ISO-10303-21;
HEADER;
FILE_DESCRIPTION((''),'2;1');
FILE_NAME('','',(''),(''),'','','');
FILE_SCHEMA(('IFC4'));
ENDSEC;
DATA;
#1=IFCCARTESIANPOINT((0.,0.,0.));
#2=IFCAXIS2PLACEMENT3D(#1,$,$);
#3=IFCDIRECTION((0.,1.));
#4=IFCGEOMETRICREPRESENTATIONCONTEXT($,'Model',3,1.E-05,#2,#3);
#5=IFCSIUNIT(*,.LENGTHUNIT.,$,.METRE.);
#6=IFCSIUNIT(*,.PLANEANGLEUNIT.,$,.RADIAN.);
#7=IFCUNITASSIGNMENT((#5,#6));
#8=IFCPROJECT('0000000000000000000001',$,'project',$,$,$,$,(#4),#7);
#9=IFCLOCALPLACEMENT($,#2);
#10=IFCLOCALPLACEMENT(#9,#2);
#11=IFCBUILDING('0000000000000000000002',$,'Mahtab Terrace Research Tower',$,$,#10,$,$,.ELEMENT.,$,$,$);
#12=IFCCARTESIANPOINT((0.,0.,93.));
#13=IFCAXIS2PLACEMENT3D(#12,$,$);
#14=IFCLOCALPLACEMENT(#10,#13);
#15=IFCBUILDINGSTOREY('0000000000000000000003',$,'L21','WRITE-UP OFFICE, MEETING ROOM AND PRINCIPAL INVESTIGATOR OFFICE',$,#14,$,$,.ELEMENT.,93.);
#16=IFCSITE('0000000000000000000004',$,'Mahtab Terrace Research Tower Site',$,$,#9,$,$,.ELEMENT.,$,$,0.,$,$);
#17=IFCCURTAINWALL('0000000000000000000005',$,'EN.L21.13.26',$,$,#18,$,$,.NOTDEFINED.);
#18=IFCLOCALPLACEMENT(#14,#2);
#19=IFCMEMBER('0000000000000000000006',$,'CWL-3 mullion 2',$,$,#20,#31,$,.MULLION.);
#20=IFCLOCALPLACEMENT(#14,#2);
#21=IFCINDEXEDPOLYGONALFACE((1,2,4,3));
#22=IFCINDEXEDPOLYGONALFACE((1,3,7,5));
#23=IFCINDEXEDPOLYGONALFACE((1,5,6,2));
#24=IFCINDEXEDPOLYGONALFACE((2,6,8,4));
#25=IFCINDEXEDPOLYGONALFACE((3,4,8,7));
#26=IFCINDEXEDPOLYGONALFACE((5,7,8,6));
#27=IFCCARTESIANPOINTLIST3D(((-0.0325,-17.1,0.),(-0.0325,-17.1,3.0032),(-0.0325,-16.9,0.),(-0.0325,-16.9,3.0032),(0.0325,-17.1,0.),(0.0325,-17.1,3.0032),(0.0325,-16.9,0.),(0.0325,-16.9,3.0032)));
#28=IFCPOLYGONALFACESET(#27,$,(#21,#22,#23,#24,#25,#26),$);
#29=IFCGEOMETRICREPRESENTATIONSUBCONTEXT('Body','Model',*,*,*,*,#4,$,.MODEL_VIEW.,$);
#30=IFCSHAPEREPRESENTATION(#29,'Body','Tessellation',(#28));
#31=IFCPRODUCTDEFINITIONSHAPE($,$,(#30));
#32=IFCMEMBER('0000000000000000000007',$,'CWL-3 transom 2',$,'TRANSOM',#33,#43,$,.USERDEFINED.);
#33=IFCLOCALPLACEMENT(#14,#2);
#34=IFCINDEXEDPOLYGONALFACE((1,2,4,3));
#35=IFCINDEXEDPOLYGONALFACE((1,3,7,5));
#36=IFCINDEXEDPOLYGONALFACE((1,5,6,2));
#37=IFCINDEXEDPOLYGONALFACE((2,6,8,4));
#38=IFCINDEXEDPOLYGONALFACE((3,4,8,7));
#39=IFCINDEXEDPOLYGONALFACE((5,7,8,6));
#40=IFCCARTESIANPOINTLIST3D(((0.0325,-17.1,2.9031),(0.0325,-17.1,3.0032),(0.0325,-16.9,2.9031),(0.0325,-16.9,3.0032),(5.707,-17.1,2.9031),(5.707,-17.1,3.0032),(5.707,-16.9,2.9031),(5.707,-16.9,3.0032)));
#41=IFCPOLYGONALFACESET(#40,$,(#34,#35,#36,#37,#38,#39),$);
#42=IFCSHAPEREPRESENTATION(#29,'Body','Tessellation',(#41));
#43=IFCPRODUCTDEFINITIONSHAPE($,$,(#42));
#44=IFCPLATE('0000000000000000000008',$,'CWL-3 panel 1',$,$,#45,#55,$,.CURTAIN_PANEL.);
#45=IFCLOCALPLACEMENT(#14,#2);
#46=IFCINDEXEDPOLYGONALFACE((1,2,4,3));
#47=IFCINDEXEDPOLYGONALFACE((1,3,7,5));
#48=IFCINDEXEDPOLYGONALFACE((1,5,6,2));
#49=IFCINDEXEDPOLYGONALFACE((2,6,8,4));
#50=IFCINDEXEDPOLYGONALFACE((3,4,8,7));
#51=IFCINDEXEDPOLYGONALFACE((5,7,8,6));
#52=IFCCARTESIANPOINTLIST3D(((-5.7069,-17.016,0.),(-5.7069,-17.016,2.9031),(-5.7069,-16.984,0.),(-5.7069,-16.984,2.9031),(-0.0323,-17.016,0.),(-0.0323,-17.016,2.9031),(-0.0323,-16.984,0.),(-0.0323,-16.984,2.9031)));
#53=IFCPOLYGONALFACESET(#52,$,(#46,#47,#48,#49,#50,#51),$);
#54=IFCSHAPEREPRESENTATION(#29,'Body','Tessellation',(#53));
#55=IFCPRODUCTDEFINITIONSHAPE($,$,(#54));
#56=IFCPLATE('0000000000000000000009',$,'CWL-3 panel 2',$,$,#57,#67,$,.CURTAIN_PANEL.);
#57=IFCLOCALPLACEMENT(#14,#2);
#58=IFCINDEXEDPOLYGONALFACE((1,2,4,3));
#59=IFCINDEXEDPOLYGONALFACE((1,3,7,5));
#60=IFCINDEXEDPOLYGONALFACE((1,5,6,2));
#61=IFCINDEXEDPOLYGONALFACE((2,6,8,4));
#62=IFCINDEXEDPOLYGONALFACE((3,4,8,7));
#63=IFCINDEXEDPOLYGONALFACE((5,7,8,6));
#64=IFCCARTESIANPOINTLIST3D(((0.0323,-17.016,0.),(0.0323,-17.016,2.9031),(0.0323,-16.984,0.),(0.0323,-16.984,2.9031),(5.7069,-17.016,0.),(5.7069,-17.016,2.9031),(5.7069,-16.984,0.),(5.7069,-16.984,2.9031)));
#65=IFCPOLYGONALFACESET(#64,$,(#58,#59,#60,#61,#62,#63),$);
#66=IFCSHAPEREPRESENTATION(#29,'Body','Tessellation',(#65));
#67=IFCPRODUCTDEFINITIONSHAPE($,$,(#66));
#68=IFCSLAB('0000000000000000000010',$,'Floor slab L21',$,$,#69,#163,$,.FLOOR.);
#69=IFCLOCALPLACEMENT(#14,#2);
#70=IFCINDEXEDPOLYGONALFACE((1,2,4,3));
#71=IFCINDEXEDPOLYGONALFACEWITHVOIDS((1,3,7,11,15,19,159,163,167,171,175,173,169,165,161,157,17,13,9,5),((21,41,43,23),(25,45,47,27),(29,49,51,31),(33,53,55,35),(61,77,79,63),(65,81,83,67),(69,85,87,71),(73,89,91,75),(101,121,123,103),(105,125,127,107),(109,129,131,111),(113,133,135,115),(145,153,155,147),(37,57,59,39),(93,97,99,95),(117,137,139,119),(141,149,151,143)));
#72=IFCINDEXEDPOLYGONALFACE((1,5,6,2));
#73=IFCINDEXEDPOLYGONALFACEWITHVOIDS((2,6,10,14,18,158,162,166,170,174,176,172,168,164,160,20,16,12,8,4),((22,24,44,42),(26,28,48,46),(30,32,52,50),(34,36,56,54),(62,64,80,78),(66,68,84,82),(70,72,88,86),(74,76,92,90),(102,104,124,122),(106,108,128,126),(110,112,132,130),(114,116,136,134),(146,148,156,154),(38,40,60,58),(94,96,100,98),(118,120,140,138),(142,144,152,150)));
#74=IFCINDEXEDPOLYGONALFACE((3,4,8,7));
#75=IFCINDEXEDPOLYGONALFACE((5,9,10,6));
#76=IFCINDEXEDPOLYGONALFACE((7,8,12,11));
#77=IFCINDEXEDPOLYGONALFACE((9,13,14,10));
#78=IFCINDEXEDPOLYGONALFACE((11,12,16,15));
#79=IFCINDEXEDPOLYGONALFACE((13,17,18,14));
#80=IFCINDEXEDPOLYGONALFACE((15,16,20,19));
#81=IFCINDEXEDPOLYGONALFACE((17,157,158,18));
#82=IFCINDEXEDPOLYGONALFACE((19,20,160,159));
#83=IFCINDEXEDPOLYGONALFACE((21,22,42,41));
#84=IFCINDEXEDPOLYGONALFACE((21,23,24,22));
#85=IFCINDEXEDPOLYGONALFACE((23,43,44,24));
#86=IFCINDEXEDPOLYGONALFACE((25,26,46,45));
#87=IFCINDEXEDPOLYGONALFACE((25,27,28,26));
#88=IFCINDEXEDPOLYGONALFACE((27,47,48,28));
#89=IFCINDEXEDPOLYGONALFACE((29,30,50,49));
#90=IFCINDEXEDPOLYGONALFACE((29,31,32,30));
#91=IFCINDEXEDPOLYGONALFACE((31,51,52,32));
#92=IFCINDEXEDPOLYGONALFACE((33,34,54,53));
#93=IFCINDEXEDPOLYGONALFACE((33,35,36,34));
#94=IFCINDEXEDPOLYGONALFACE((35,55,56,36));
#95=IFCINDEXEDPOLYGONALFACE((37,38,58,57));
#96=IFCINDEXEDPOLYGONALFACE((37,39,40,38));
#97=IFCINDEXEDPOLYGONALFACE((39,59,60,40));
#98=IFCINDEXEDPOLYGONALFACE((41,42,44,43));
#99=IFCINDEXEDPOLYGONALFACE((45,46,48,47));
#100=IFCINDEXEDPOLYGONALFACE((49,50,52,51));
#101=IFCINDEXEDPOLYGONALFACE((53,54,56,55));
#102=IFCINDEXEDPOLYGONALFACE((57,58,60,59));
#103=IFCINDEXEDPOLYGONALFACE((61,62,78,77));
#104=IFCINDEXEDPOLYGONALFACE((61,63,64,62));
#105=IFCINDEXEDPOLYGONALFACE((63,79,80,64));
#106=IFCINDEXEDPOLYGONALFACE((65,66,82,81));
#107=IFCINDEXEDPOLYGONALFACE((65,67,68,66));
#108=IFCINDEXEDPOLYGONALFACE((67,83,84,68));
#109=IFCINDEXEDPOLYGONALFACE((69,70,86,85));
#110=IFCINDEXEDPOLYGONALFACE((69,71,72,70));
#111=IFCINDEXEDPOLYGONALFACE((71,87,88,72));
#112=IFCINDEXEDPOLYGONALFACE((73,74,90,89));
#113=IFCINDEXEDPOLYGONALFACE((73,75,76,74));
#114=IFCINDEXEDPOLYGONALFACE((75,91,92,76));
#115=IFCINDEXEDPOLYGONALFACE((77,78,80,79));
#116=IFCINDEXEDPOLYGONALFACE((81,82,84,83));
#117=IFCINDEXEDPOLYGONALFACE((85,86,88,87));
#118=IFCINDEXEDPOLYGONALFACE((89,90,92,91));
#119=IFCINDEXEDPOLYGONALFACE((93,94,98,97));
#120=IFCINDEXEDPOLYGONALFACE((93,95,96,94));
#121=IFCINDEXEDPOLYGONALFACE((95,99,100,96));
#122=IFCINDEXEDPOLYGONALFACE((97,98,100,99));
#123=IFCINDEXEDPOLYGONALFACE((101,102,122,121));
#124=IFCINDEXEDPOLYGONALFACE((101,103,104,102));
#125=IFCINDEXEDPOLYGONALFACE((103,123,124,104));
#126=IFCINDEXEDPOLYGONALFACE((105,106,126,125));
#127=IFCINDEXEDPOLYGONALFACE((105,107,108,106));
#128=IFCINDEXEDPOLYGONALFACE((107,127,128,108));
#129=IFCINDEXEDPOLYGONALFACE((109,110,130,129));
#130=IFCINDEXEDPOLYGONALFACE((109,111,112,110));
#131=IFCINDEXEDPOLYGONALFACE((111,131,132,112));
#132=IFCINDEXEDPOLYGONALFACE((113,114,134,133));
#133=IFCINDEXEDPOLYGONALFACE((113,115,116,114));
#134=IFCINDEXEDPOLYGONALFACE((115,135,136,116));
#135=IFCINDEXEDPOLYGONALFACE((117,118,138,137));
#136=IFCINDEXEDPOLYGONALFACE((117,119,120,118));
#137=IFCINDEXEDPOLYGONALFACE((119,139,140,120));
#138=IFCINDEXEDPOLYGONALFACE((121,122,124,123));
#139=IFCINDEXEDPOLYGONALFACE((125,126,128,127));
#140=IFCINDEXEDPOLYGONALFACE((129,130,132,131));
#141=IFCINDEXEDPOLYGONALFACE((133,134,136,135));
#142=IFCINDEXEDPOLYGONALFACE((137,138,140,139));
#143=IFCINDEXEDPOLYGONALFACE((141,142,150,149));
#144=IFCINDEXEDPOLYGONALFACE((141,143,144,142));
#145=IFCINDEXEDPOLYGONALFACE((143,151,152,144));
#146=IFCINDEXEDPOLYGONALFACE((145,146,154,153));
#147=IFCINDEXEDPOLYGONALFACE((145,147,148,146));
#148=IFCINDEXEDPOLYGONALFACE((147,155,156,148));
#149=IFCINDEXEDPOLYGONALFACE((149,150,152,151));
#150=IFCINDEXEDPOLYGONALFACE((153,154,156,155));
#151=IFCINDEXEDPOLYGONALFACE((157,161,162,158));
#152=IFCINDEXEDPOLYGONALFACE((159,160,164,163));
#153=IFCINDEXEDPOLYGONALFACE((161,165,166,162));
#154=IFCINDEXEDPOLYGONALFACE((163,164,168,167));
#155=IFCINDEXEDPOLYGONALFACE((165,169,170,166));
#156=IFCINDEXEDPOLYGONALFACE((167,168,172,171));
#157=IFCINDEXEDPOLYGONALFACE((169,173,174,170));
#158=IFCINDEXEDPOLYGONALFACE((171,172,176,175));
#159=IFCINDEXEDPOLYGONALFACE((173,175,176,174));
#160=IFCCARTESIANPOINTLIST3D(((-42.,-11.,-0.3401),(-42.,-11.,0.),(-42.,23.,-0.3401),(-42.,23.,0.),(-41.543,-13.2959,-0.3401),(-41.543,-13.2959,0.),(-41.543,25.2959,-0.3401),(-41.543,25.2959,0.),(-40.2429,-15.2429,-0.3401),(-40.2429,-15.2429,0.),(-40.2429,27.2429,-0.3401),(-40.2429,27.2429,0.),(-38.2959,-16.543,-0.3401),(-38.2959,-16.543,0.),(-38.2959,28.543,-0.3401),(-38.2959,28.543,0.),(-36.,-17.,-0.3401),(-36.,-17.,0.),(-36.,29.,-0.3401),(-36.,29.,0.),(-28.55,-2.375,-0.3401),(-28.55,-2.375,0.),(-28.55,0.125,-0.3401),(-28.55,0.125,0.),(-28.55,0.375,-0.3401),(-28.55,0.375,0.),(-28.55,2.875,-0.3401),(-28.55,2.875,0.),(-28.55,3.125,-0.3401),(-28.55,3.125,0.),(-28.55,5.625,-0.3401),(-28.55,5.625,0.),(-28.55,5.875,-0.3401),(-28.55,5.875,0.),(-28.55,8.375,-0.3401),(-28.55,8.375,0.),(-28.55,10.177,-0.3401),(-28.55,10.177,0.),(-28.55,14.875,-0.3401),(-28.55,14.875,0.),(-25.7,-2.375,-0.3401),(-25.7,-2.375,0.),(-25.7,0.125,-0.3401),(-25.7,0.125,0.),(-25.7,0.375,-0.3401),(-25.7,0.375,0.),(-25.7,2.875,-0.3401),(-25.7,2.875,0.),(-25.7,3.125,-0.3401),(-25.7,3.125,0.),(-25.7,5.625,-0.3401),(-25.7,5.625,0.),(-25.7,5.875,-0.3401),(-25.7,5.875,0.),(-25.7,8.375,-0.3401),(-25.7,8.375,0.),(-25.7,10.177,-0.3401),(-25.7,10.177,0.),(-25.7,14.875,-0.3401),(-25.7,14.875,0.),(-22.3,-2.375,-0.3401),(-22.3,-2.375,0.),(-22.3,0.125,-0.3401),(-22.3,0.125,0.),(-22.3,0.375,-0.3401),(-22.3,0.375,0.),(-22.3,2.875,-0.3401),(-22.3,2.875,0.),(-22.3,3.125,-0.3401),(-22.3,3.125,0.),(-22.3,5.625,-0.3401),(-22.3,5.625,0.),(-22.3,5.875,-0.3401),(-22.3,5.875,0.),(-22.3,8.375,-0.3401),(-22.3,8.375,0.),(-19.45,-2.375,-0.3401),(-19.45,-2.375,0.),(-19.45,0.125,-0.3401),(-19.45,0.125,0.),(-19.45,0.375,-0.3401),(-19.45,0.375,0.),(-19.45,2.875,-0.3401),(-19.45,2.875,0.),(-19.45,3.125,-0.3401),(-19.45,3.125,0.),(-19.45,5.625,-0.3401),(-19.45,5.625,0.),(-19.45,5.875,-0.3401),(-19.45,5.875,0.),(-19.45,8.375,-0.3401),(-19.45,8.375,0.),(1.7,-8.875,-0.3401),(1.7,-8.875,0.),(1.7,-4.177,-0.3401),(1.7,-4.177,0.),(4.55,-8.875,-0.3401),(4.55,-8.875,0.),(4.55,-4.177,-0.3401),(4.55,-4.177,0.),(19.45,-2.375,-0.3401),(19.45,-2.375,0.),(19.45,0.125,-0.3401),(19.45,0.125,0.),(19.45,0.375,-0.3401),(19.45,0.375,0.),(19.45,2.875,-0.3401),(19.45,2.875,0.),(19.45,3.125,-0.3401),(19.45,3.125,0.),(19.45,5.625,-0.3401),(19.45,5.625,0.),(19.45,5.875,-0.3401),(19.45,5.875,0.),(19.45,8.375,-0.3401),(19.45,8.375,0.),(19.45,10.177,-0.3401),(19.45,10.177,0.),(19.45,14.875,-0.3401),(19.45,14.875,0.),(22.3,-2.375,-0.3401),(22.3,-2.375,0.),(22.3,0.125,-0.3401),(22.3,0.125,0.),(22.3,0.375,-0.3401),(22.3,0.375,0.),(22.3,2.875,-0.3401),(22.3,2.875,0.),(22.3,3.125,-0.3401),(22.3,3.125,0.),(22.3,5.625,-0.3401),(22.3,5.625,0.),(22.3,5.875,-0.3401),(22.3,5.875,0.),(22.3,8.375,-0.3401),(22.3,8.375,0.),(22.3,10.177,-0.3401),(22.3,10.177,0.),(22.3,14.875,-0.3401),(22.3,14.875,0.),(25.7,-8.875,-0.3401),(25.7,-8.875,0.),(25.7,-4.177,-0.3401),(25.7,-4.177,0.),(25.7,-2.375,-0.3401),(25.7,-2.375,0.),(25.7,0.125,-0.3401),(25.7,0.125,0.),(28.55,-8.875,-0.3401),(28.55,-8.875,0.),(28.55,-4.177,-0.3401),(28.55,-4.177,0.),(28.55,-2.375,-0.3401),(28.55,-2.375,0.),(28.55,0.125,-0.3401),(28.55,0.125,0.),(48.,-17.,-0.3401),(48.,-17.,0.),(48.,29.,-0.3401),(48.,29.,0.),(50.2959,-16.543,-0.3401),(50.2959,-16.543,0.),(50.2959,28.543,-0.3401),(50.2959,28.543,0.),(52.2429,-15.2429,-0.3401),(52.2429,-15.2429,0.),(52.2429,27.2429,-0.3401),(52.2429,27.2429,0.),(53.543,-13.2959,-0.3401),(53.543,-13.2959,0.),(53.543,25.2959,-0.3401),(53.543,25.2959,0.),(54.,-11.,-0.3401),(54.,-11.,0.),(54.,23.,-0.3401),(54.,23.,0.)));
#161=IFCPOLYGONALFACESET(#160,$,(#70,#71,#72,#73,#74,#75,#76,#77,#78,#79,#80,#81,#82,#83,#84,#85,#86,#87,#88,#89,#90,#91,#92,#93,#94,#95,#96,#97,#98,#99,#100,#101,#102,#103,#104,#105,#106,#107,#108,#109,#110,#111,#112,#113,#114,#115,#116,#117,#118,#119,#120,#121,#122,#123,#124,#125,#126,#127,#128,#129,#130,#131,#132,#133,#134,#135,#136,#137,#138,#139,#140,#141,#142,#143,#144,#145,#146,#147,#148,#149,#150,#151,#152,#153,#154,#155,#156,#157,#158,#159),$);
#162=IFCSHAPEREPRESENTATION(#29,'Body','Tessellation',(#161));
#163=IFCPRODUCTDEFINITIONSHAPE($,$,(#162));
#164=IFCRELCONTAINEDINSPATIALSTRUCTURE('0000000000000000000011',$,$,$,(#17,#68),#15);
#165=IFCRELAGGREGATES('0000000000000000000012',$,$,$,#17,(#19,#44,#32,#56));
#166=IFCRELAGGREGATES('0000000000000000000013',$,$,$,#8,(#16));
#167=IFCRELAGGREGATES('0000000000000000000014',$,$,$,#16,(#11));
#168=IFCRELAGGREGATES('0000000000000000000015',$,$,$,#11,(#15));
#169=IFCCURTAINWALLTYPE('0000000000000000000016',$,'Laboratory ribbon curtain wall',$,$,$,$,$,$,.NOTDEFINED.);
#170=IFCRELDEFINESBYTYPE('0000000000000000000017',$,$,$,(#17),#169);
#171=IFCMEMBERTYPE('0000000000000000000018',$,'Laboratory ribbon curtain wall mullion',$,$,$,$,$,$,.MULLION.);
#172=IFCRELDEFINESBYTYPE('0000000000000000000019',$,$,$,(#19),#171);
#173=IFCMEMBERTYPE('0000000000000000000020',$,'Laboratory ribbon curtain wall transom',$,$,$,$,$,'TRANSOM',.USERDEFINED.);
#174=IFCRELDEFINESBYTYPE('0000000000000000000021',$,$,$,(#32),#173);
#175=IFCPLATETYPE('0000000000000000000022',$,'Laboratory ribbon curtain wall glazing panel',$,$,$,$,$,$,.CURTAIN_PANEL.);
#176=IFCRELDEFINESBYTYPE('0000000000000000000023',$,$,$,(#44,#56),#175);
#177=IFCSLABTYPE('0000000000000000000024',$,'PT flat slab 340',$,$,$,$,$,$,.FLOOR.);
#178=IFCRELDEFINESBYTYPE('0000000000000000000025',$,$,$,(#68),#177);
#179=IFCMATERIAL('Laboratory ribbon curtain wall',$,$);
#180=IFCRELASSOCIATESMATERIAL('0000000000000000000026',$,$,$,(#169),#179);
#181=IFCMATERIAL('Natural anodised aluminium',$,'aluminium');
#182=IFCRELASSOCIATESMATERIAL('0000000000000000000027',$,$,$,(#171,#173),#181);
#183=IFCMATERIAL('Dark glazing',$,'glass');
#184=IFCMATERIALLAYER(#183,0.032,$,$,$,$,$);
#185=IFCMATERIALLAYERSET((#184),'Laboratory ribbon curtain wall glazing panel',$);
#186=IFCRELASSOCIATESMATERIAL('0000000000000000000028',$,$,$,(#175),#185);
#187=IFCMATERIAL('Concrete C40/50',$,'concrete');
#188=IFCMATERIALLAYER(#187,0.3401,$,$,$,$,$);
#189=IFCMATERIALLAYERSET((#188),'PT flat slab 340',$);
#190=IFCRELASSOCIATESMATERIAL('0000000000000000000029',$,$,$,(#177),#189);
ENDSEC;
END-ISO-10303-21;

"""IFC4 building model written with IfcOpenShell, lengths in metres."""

from ifc_helpers import new_model, si_unit, direction, frame, origin, origin_2d, place, context, subcontext, project, spatial, polyline, rectangle, outline, extrude, material, layer, layer_set, material_profile, profile_set, type_object, element, aggregate, save


model = new_model("IFC4")

# Units and contexts
model_context = context("Model", 3, precision=1e-05, world=origin(), true_north=direction((0.0, 1.0)))
body_context = subcontext(model_context, "Body", "Model", "MODEL_VIEW")
ifc_project = project(units=[si_unit("LENGTHUNIT", "METRE"), si_unit("PLANEANGLEUNIT", "RADIAN")], contexts=[model_context])

# Site, building, storey
site_placement = place(None, origin())
site = spatial("IfcSite", under=ifc_project, at=site_placement, Name="Mahtab Terrace Research Tower Site", CompositionType="ELEMENT", RefElevation=0.0)
building_placement = place(site_placement, origin())
building = spatial("IfcBuilding", under=site, at=building_placement, Name="Mahtab Terrace Research Tower", CompositionType="ELEMENT")
storey_placement = place(building_placement, frame((0.0, 0.0, 93.0)))
storey = spatial("IfcBuildingStorey", under=building, at=storey_placement, Name="L21", Description="WRITE-UP OFFICE, MEETING ROOM AND PRINCIPAL INVESTIGATOR OFFICE", CompositionType="ELEMENT", Elevation=93.0)

# Curtain wall, members, plates
ifc_material_1 = material(Name="Laboratory ribbon curtain wall")
curtain_wall_type = type_object("IfcCurtainWallType", Name="Laboratory ribbon curtain wall", PredefinedType="NOTDEFINED", material=ifc_material_1)
curtain_wall_placement = place(storey_placement, origin())
curtain_wall = element("IfcCurtainWall", 1, at=curtain_wall_placement, inside=storey, type_object=curtain_wall_type, Name="EN.L21.13.26", PredefinedType="NOTDEFINED")
ifc_material_2 = material(Name="Natural anodised aluminium", Category="aluminium")
ifc_material_profile_1 = material_profile(ifc_material_2, rectangle(XDim=0.2, YDim=0.0649, at=origin_2d()), Name="MULLION 65x200")
ifc_profile_set_1 = profile_set([ifc_material_profile_1], Name="Natural anodised aluminium")
member_type_1 = type_object("IfcMemberType", Name="Laboratory ribbon curtain wall mullion", PredefinedType="MULLION", material=ifc_profile_set_1)
member_1_placement = place(storey_placement, frame((0.0, -17.0, 0.0), z_axis=(0.0, 0.0, 1.0), x_axis=(0.0, 1.0, 0.0)))
member_1 = element("IfcMember", 2, at=member_1_placement, type_object=member_type_1, Name="CWL-3 mullion 2", PredefinedType="MULLION", context=body_context, shape_type="SweptSolid", body=[
    extrude(rectangle(XDim=0.2, YDim=0.0649, at=origin_2d()), origin(), (0.0, 0.0, 1.0), 3.0032),
])
ifc_material_profile_2 = material_profile(ifc_material_2, rectangle(XDim=0.2, YDim=0.1001, at=origin_2d()), Name="TRANSOM 100x200")
ifc_profile_set_2 = profile_set([ifc_material_profile_2], Name="Natural anodised aluminium")
member_type_2 = type_object("IfcMemberType", Name="Laboratory ribbon curtain wall transom", ElementType="TRANSOM", PredefinedType="USERDEFINED", material=ifc_profile_set_2)
member_2_placement = place(storey_placement, frame((0.0325, -17.0, 2.9531), z_axis=(1.0, 0.0, 0.0), x_axis=(0.0, 1.0, 0.0)))
member_2 = element("IfcMember", 3, at=member_2_placement, type_object=member_type_2, Name="CWL-3 transom 2", ObjectType="TRANSOM", PredefinedType="USERDEFINED", context=body_context, shape_type="SweptSolid", body=[
    extrude(rectangle(XDim=0.2, YDim=0.1001, at=origin_2d()), origin(), (0.0, 0.0, 1.0), 5.6746),
])
ifc_material_3 = material(Name="Dark glazing", Category="glass")
ifc_layer_1 = layer(ifc_material_3, 0.032)
ifc_layer_set_1 = layer_set([ifc_layer_1], Name="Laboratory ribbon curtain wall glazing panel")
plate_type = type_object("IfcPlateType", Name="Laboratory ribbon curtain wall glazing panel", PredefinedType="CURTAIN_PANEL", material=ifc_layer_set_1)
plate_1_placement = place(storey_placement, frame((-2.8696, -17.0, 0.0), z_axis=(0.0, 0.0, 1.0), x_axis=(1.0, 0.0, 0.0)))
plate_1 = element("IfcPlate", 4, at=plate_1_placement, type_object=plate_type, Name="CWL-3 panel 1", PredefinedType="CURTAIN_PANEL", context=body_context, shape_type="SweptSolid", body=[
    extrude(rectangle(XDim=5.6746, YDim=0.032, at=origin_2d()), origin(), (0.0, 0.0, 1.0), 2.9031),
])
plate_2_placement = place(storey_placement, frame((2.8696, -17.0, 0.0), z_axis=(0.0, 0.0, 1.0), x_axis=(1.0, 0.0, 0.0)))
plate_2 = element("IfcPlate", 5, at=plate_2_placement, type_object=plate_type, Name="CWL-3 panel 2", PredefinedType="CURTAIN_PANEL", context=body_context, shape_type="SweptSolid", body=[
    extrude(rectangle(XDim=5.6746, YDim=0.032, at=origin_2d()), origin(), (0.0, 0.0, 1.0), 2.9031),
])
aggregate(curtain_wall, [member_1, plate_1, member_2, plate_2])

# Slab
ifc_material_4 = material(Name="Concrete C40/50", Category="concrete")
ifc_layer_2 = layer(ifc_material_4, 0.3401)
ifc_layer_set_2 = layer_set([ifc_layer_2], Name="PT flat slab 340")
slab_type = type_object("IfcSlabType", Name="PT flat slab 340", PredefinedType="FLOOR", material=ifc_layer_set_2)
slab_placement = place(storey_placement, frame((0.0, 0.0, -0.3401)))
element("IfcSlab", 6, at=slab_placement, inside=storey, type_object=slab_type, Name="Floor slab L21", PredefinedType="FLOOR", context=body_context, shape_type="SweptSolid", body=[
    extrude(outline(polyline([(53.543, 25.2959), (52.2429, 27.2429), (50.2959, 28.543), (48.0, 29.0), (-36.0, 29.0), (-38.2959, 28.543), (-40.2429, 27.2429), (-41.543, 25.2959), (-42.0, 23.0), (-42.0, -11.0), (-41.543, -13.2959), (-40.2429, -15.2429), (-38.2959, -16.543), (-36.0, -17.0), (48.0, -17.0), (50.2959, -16.543), (52.2429, -15.2429), (53.543, -13.2959), (54.0, -11.0), (54.0, 23.0), (53.543, 25.2959)]), holes=[polyline([(-28.55, -2.375), (-28.55, 0.125), (-25.7, 0.125), (-25.7, -2.375), (-28.55, -2.375)]), polyline([(-22.3, -2.375), (-22.3, 0.125), (-19.45, 0.125), (-19.45, -2.375), (-22.3, -2.375)]), polyline([(-28.55, 0.375), (-28.55, 2.875), (-25.7, 2.875), (-25.7, 0.375), (-28.55, 0.375)]), polyline([(-22.3, 0.375), (-22.3, 2.875), (-19.45, 2.875), (-19.45, 0.375), (-22.3, 0.375)]), polyline([(-28.55, 3.125), (-28.55, 5.625), (-25.7, 5.625), (-25.7, 3.125), (-28.55, 3.125)]), polyline([(-22.3, 3.125), (-22.3, 5.625), (-19.45, 5.625), (-19.45, 3.125), (-22.3, 3.125)]), polyline([(-28.55, 5.875), (-28.55, 8.375), (-25.7, 8.375), (-25.7, 5.875), (-28.55, 5.875)]), polyline([(-22.3, 5.875), (-22.3, 8.375), (-19.45, 8.375), (-19.45, 5.875), (-22.3, 5.875)]), polyline([(-28.55, 10.177), (-28.55, 14.875), (-25.7, 14.875), (-25.7, 10.177), (-28.55, 10.177)]), polyline([(1.7, -8.875), (1.7, -4.177), (4.55, -4.177), (4.55, -8.875), (1.7, -8.875)]), polyline([(25.7, -8.875), (25.7, -4.177), (28.55, -4.177), (28.55, -8.875), (25.7, -8.875)]), polyline([(19.45, -2.375), (19.45, 0.125), (22.3, 0.125), (22.3, -2.375), (19.45, -2.375)]), polyline([(25.7, -2.375), (25.7, 0.125), (28.55, 0.125), (28.55, -2.375), (25.7, -2.375)]), polyline([(19.45, 0.375), (19.45, 2.875), (22.3, 2.875), (22.3, 0.375), (19.45, 0.375)]), polyline([(19.45, 3.125), (19.45, 5.625), (22.3, 5.625), (22.3, 3.125), (19.45, 3.125)]), polyline([(19.45, 8.375), (22.3, 8.375), (22.3, 5.875), (19.45, 5.875), (19.45, 8.375)]), polyline([(19.45, 14.875), (22.3, 14.875), (22.3, 10.177), (19.45, 10.177), (19.45, 14.875)])]), origin(), (0.0, 0.0, 1.0), 0.3401),
])

save(model, "model.ifc")
